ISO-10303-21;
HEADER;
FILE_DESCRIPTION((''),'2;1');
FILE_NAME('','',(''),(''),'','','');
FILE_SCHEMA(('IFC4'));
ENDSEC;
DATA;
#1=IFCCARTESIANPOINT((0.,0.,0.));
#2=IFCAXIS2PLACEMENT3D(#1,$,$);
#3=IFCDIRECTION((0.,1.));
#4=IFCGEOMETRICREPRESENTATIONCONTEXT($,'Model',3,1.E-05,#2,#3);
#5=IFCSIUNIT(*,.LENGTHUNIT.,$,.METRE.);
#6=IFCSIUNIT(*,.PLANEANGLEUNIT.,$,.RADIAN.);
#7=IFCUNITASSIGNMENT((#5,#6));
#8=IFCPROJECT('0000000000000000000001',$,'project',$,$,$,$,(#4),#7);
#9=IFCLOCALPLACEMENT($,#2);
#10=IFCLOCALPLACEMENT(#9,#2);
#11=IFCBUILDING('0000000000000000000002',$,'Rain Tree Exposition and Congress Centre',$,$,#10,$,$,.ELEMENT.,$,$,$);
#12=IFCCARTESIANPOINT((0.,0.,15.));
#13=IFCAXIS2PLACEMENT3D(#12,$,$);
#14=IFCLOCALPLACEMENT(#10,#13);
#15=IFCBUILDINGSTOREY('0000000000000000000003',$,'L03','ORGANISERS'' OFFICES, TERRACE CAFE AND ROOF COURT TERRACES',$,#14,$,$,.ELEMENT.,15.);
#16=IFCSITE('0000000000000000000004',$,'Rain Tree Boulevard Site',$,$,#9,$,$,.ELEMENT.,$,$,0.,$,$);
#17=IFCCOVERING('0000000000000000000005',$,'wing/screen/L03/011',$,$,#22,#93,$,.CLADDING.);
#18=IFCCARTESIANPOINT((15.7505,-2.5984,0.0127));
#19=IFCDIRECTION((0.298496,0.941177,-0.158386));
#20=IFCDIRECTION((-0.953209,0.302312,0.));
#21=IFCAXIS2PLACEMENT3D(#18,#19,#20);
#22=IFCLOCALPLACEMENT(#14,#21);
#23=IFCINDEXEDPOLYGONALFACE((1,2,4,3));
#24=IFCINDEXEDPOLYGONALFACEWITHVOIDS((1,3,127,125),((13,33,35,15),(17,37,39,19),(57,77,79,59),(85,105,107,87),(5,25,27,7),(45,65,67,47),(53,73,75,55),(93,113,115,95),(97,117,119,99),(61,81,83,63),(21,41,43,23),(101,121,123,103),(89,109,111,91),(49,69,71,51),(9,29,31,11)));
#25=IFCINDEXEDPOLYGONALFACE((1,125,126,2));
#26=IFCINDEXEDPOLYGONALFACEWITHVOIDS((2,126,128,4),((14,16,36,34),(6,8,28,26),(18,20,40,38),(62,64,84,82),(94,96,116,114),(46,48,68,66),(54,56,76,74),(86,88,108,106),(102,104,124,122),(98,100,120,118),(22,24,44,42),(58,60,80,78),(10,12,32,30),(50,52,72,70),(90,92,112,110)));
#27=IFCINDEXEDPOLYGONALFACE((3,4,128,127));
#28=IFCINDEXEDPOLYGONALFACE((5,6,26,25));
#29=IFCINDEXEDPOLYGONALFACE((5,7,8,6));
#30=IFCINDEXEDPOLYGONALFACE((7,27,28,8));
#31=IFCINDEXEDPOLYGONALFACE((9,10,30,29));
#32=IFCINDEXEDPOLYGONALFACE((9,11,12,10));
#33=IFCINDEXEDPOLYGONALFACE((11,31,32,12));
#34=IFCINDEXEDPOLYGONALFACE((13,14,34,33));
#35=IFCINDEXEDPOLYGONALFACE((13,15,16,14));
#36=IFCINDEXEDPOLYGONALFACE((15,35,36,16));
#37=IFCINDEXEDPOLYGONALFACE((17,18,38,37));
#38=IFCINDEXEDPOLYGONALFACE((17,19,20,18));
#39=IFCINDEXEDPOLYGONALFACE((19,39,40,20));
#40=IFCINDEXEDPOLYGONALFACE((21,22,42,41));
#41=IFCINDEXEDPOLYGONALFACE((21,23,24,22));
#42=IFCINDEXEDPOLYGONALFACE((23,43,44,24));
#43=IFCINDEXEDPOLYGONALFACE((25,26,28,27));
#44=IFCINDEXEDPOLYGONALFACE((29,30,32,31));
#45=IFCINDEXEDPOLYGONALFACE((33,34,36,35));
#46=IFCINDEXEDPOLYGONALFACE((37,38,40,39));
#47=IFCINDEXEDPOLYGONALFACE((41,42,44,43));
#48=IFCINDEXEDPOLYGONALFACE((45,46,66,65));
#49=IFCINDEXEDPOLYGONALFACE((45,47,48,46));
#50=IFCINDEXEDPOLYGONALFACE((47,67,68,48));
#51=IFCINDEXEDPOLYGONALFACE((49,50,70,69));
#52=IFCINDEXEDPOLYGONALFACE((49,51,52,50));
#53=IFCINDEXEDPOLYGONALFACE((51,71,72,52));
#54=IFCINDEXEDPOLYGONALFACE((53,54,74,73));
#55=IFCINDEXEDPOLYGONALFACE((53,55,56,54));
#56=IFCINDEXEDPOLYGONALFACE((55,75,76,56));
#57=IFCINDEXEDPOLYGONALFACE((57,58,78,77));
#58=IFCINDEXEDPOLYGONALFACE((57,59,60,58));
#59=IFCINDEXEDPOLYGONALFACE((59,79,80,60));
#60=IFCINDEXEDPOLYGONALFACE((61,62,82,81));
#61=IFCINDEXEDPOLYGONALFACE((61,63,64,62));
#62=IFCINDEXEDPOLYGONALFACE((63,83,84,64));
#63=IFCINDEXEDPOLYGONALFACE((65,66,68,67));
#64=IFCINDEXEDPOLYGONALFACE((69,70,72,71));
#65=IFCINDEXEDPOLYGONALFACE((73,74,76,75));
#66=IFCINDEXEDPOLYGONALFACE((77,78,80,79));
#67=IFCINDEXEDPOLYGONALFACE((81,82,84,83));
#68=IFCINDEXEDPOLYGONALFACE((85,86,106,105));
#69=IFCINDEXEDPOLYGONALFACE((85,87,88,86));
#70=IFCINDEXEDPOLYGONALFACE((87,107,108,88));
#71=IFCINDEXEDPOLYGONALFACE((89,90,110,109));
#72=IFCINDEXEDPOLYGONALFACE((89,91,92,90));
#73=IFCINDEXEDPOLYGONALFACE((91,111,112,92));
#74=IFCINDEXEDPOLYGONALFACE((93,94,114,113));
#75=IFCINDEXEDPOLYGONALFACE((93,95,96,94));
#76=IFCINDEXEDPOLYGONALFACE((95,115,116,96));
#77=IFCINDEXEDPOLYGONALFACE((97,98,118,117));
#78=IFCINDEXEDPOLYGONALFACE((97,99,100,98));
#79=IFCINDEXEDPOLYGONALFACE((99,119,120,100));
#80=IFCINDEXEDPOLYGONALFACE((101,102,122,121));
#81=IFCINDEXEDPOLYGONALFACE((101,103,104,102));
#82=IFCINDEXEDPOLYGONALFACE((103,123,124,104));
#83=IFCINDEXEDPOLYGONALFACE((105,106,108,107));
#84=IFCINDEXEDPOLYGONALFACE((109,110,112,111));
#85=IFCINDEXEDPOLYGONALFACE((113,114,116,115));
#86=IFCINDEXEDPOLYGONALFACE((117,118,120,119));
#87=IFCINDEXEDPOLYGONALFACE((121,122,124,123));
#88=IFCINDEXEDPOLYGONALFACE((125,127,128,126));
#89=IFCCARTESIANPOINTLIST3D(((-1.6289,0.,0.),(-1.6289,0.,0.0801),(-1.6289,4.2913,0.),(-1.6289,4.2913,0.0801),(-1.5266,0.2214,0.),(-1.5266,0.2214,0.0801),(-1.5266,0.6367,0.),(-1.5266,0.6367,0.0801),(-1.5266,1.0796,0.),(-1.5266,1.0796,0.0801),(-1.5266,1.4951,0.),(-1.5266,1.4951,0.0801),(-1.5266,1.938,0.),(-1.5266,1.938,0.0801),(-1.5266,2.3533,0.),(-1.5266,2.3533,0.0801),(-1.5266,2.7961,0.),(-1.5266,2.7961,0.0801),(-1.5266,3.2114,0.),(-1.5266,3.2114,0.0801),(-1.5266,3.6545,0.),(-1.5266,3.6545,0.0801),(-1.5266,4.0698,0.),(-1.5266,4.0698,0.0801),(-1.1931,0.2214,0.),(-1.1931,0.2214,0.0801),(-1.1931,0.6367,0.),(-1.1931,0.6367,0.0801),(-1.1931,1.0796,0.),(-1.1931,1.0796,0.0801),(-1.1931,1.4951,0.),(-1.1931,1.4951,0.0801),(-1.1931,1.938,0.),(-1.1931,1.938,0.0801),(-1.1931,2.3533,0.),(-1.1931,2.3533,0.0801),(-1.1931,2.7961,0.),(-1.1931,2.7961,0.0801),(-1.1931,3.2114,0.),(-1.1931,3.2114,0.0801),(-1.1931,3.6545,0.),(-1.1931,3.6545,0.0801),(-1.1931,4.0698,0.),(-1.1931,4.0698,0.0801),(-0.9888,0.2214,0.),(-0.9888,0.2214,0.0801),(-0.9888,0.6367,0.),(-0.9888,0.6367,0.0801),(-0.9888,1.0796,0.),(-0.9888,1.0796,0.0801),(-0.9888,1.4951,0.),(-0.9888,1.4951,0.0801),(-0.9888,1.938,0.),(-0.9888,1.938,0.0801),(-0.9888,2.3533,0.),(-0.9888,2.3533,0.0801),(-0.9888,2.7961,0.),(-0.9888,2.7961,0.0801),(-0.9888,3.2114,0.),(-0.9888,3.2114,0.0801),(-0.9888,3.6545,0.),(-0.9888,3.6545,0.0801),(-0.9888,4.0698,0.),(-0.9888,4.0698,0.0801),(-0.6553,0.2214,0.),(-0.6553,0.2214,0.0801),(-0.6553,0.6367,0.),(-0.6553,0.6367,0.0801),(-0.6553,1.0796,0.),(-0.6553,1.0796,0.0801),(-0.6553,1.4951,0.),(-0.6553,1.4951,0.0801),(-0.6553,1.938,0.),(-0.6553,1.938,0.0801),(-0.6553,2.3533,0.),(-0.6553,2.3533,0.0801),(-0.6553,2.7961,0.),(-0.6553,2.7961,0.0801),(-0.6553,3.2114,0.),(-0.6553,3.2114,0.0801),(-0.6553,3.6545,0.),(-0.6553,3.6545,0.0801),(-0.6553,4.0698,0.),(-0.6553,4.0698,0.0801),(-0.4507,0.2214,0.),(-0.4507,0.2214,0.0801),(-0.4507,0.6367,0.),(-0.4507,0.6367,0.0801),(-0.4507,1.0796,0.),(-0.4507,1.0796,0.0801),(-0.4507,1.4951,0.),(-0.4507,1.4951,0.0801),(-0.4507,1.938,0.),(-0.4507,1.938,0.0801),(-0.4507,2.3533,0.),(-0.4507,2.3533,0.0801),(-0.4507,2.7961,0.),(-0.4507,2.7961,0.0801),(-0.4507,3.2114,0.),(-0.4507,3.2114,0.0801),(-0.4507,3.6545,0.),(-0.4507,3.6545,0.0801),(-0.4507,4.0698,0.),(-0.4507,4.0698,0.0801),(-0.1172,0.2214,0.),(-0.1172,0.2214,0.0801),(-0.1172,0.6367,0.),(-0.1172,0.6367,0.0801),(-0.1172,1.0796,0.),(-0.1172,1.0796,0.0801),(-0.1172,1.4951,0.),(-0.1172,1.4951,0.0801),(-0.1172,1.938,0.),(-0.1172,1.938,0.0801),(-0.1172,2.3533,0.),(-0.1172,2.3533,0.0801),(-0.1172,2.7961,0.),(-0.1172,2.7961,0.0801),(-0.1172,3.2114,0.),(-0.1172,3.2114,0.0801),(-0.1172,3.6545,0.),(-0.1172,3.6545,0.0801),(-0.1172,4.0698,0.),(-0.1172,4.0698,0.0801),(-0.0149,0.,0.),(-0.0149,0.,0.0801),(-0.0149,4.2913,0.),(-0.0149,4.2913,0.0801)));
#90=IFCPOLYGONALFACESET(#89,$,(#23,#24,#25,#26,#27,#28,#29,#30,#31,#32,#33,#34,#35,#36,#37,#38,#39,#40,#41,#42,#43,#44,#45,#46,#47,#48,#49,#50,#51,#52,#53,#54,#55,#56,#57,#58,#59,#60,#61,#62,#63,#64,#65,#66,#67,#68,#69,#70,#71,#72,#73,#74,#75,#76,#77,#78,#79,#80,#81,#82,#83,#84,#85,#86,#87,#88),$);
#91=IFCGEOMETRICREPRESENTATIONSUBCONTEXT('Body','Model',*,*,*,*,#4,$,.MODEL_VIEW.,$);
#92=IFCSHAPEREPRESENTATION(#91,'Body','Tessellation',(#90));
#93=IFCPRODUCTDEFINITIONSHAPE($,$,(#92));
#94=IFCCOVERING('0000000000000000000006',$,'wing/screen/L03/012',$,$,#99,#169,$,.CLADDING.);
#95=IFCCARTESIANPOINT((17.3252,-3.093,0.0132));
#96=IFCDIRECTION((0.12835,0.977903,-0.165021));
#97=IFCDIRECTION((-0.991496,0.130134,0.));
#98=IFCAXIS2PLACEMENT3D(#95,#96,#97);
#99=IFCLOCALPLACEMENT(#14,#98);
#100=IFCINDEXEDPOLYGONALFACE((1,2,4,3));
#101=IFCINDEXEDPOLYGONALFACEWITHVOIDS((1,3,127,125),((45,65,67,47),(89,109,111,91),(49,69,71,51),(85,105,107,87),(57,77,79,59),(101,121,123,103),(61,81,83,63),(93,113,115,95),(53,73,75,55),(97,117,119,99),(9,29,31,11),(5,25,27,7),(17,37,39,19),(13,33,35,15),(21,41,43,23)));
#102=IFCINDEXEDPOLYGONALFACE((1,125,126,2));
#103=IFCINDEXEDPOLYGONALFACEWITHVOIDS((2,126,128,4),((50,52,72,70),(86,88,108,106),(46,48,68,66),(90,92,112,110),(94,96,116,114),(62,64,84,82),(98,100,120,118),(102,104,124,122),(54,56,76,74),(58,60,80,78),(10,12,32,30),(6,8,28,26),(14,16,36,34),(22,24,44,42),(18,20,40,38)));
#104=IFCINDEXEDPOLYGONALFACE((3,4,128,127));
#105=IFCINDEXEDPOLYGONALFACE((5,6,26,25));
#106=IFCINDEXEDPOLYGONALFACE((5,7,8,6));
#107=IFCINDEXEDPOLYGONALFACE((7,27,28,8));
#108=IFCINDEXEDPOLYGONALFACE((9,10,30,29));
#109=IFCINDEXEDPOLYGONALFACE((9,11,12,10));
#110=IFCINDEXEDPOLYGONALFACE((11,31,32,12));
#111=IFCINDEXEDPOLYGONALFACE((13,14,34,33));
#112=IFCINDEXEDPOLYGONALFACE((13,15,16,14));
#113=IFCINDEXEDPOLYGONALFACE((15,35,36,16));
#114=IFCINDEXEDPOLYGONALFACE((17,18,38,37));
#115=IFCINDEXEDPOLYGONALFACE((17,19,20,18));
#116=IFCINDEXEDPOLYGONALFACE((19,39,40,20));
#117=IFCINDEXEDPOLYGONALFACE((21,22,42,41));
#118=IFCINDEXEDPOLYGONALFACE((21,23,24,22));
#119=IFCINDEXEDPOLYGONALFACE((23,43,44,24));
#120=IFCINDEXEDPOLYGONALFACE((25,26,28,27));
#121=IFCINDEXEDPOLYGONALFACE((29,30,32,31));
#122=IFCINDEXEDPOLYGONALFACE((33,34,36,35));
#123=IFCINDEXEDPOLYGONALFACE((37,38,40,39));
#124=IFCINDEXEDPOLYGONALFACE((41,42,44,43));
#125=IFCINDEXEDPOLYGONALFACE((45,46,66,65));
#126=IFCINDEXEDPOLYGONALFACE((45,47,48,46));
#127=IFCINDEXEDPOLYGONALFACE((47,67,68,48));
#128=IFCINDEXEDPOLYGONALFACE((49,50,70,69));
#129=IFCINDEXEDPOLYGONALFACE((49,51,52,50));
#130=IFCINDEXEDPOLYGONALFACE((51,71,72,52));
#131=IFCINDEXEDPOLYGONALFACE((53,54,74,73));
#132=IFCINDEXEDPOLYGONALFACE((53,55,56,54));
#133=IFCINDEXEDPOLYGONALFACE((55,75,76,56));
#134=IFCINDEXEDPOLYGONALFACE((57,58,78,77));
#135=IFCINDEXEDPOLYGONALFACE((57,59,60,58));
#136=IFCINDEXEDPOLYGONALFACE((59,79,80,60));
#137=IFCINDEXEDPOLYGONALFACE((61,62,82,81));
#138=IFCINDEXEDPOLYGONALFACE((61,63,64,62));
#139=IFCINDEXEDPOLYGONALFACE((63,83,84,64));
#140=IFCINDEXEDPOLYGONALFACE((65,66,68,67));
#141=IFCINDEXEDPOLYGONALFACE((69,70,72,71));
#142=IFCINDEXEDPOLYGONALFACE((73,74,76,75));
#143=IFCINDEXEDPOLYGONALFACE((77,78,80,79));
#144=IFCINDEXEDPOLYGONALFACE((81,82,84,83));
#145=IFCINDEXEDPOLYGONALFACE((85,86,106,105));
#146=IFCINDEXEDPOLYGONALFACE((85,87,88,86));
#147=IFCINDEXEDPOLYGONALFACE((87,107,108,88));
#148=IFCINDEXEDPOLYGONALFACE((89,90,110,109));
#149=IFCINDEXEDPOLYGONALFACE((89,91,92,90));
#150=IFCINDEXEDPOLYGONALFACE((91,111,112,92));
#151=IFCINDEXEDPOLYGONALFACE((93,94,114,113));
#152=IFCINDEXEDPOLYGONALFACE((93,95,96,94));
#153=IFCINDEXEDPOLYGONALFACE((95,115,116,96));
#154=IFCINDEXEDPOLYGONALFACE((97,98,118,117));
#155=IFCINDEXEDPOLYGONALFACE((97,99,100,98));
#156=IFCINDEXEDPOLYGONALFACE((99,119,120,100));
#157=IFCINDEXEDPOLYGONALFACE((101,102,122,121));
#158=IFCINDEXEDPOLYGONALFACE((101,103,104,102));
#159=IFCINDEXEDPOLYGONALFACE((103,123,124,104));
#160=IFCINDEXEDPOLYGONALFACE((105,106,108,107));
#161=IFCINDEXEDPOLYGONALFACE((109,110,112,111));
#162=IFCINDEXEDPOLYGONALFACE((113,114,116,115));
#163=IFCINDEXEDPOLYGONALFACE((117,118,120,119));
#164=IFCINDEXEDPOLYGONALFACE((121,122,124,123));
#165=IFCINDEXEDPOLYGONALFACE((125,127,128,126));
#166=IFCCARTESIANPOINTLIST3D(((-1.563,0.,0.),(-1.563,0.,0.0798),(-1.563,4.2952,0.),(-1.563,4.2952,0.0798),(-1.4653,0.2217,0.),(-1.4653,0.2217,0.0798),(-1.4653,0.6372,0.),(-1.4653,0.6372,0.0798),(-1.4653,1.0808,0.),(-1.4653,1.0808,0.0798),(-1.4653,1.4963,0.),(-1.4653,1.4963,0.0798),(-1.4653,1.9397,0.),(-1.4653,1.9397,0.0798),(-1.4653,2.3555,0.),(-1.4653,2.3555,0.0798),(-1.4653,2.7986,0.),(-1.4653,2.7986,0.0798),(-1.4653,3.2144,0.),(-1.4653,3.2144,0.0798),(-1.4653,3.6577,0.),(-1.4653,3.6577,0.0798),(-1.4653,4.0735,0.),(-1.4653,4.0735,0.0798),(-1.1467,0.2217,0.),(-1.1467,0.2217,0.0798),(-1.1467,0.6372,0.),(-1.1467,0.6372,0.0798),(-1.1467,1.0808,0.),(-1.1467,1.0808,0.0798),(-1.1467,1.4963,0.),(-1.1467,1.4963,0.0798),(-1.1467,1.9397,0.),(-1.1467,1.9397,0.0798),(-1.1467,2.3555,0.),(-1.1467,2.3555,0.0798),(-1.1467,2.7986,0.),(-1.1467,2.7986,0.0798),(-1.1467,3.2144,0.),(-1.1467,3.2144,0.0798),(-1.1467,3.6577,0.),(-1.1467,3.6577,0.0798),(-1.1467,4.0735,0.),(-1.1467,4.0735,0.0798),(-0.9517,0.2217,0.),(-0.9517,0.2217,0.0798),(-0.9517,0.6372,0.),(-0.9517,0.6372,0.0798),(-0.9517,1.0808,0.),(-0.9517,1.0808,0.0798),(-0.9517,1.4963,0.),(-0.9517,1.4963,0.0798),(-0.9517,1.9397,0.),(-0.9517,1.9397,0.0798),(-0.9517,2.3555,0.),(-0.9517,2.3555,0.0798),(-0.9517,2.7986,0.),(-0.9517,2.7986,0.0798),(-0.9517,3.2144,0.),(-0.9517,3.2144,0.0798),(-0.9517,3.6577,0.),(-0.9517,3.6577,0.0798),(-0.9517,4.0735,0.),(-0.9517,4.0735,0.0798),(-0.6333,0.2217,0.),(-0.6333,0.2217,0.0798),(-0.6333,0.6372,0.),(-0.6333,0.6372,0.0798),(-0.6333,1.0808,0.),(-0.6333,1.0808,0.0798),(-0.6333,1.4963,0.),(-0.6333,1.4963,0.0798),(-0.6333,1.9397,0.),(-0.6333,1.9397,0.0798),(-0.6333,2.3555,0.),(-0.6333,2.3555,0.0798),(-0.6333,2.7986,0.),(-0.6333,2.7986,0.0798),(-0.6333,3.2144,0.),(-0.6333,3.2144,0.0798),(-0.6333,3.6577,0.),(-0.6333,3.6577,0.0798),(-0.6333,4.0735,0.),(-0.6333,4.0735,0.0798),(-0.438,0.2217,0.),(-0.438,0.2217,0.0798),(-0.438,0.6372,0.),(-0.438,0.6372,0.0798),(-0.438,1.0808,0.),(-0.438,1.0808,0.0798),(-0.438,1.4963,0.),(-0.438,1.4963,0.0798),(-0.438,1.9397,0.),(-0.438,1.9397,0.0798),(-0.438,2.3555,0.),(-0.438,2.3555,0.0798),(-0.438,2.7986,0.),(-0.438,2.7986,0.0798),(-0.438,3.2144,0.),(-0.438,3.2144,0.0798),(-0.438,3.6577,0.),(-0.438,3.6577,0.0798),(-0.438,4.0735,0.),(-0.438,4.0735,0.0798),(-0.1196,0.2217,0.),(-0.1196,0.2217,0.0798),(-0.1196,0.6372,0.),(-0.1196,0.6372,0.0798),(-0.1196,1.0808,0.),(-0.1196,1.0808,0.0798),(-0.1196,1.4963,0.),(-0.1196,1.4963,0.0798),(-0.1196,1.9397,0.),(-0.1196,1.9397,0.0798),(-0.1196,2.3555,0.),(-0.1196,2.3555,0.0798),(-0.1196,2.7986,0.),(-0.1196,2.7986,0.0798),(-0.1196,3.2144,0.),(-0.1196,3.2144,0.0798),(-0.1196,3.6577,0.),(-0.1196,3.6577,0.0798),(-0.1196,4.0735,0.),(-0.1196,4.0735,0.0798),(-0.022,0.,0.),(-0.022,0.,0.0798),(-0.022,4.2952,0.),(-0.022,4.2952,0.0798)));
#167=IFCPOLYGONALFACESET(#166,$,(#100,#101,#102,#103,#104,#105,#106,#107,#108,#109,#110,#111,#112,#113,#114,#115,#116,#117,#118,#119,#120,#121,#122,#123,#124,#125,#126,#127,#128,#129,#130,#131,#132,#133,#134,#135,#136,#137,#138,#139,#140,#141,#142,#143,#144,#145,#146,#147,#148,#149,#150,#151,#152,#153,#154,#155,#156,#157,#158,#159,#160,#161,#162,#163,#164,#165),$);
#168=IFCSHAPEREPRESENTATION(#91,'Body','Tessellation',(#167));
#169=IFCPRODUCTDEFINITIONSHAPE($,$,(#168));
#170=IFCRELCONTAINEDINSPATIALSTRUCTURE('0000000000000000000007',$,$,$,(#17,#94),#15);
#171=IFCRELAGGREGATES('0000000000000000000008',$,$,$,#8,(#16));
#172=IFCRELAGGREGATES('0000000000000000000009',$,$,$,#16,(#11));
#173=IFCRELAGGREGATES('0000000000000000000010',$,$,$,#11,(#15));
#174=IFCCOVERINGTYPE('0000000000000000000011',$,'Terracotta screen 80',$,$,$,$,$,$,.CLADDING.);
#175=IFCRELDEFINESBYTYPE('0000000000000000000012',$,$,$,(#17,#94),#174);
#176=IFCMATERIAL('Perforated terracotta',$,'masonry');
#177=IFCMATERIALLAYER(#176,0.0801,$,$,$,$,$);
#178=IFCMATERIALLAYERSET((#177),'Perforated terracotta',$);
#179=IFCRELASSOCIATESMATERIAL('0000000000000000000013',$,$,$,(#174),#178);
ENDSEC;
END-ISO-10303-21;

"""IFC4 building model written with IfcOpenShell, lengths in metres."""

from ifc_helpers import new_model, si_unit, direction, frame, origin, place, context, subcontext, project, spatial, polyline, outline, extrude, material, layer, layer_set, type_object, element, save


model = new_model("IFC4")

# Units and contexts
model_context = context("Model", 3, precision=1e-05, world=origin(), true_north=direction((0.0, 1.0)))
body_context = subcontext(model_context, "Body", "Model", "MODEL_VIEW")
ifc_project = project(units=[si_unit("LENGTHUNIT", "METRE"), si_unit("PLANEANGLEUNIT", "RADIAN")], contexts=[model_context])

# Site, building, storey
site_placement = place(None, origin())
site = spatial("IfcSite", under=ifc_project, at=site_placement, Name="Rain Tree Boulevard Site", CompositionType="ELEMENT", RefElevation=0.0)
building_placement = place(site_placement, origin())
building = spatial("IfcBuilding", under=site, at=building_placement, Name="Rain Tree Exposition and Congress Centre", CompositionType="ELEMENT")
storey_placement = place(building_placement, frame((0.0, 0.0, 15.0)))
storey = spatial("IfcBuildingStorey", under=building, at=storey_placement, Name="L03", Description="ORGANISERS' OFFICES, TERRACE CAFE AND ROOF COURT TERRACES", CompositionType="ELEMENT", Elevation=15.0)

# Coverings
ifc_material_1 = material(Name="Perforated terracotta", Category="masonry")
ifc_layer_1 = layer(ifc_material_1, 0.0801)
ifc_layer_set_1 = layer_set([ifc_layer_1], Name="Perforated terracotta")
covering_type = type_object("IfcCoveringType", Name="Terracotta screen 80", PredefinedType="CLADDING", material=ifc_layer_set_1)
covering_1_placement = place(storey_placement, frame((15.7505, -2.5984, 0.0127), z_axis=(0.298496, 0.941177, -0.158386), x_axis=(-0.953209, 0.302312, 0.0)))
element("IfcCovering", 1, at=covering_1_placement, inside=storey, type_object=covering_type, Name="wing/screen/L03/011", PredefinedType="CLADDING", context=body_context, shape_type="SweptSolid", body=[
    extrude(outline(polyline([(-1.6289, 0.0), (-1.6289, 4.2913), (-0.0149, 4.2913), (-0.0149, 0.0), (-1.6289, 0.0)]), holes=[polyline([(-0.1172, 0.2214), (-0.1172, 0.6367), (-0.4507, 0.6367), (-0.4507, 0.2214), (-0.1172, 0.2214)]), polyline([(-0.1172, 1.0796), (-0.1172, 1.4951), (-0.4507, 1.4951), (-0.4507, 1.0796), (-0.1172, 1.0796)]), polyline([(-0.1172, 1.938), (-0.1172, 2.3533), (-0.4507, 2.3533), (-0.4507, 1.938), (-0.1172, 1.938)]), polyline([(-0.1172, 2.7961), (-0.1172, 3.2114), (-0.4507, 3.2114), (-0.4507, 2.7961), (-0.1172, 2.7961)]), polyline([(-0.1172, 3.6545), (-0.1172, 4.0698), (-0.4507, 4.0698), (-0.4507, 3.6545), (-0.1172, 3.6545)]), polyline([(-0.6553, 0.2214), (-0.6553, 0.6367), (-0.9888, 0.6367), (-0.9888, 0.2214), (-0.6553, 0.2214)]), polyline([(-0.6553, 1.0796), (-0.6553, 1.4951), (-0.9888, 1.4951), (-0.9888, 1.0796), (-0.6553, 1.0796)]), polyline([(-0.6553, 1.938), (-0.6553, 2.3533), (-0.9888, 2.3533), (-0.9888, 1.938), (-0.6553, 1.938)]), polyline([(-0.6553, 2.7961), (-0.6553, 3.2114), (-0.9888, 3.2114), (-0.9888, 2.7961), (-0.6553, 2.7961)]), polyline([(-0.6553, 3.6545), (-0.6553, 4.0698), (-0.9888, 4.0698), (-0.9888, 3.6545), (-0.6553, 3.6545)]), polyline([(-1.1931, 0.2214), (-1.1931, 0.6367), (-1.5266, 0.6367), (-1.5266, 0.2214), (-1.1931, 0.2214)]), polyline([(-1.1931, 1.0796), (-1.1931, 1.4951), (-1.5266, 1.4951), (-1.5266, 1.0796), (-1.1931, 1.0796)]), polyline([(-1.1931, 1.938), (-1.1931, 2.3533), (-1.5266, 2.3533), (-1.5266, 1.938), (-1.1931, 1.938)]), polyline([(-1.1931, 2.7961), (-1.1931, 3.2114), (-1.5266, 3.2114), (-1.5266, 2.7961), (-1.1931, 2.7961)]), polyline([(-1.1931, 3.6545), (-1.1931, 4.0698), (-1.5266, 4.0698), (-1.5266, 3.6545), (-1.1931, 3.6545)])]), origin(), (0.0, 0.0, 1.0), 0.0801),
])
covering_2_placement = place(storey_placement, frame((17.3252, -3.093, 0.0132), z_axis=(0.12835, 0.977903, -0.165021), x_axis=(-0.991496, 0.130134, 0.0)))
element("IfcCovering", 2, at=covering_2_placement, inside=storey, type_object=covering_type, Name="wing/screen/L03/012", PredefinedType="CLADDING", context=body_context, shape_type="SweptSolid", body=[
    extrude(outline(polyline([(-1.563, 0.0), (-1.563, 4.2952), (-0.022, 4.2952), (-0.022, 0.0), (-1.563, 0.0)]), holes=[polyline([(-0.1196, 0.2217), (-0.1196, 0.6372), (-0.438, 0.6372), (-0.438, 0.2217), (-0.1196, 0.2217)]), polyline([(-0.1196, 1.0808), (-0.1196, 1.4963), (-0.438, 1.4963), (-0.438, 1.0808), (-0.1196, 1.0808)]), polyline([(-0.1196, 1.9397), (-0.1196, 2.3555), (-0.438, 2.3555), (-0.438, 1.9397), (-0.1196, 1.9397)]), polyline([(-0.1196, 2.7986), (-0.1196, 3.2144), (-0.438, 3.2144), (-0.438, 2.7986), (-0.1196, 2.7986)]), polyline([(-0.1196, 3.6577), (-0.1196, 4.0735), (-0.438, 4.0735), (-0.438, 3.6577), (-0.1196, 3.6577)]), polyline([(-0.6333, 0.2217), (-0.6333, 0.6372), (-0.9517, 0.6372), (-0.9517, 0.2217), (-0.6333, 0.2217)]), polyline([(-0.6333, 1.0808), (-0.6333, 1.4963), (-0.9517, 1.4963), (-0.9517, 1.0808), (-0.6333, 1.0808)]), polyline([(-0.6333, 1.9397), (-0.6333, 2.3555), (-0.9517, 2.3555), (-0.9517, 1.9397), (-0.6333, 1.9397)]), polyline([(-0.6333, 2.7986), (-0.6333, 3.2144), (-0.9517, 3.2144), (-0.9517, 2.7986), (-0.6333, 2.7986)]), polyline([(-0.6333, 3.6577), (-0.6333, 4.0735), (-0.9517, 4.0735), (-0.9517, 3.6577), (-0.6333, 3.6577)]), polyline([(-1.1467, 0.2217), (-1.1467, 0.6372), (-1.4653, 0.6372), (-1.4653, 0.2217), (-1.1467, 0.2217)]), polyline([(-1.1467, 1.0808), (-1.1467, 1.4963), (-1.4653, 1.4963), (-1.4653, 1.0808), (-1.1467, 1.0808)]), polyline([(-1.1467, 1.9397), (-1.1467, 2.3555), (-1.4653, 2.3555), (-1.4653, 1.9397), (-1.1467, 1.9397)]), polyline([(-1.1467, 2.7986), (-1.1467, 3.2144), (-1.4653, 3.2144), (-1.4653, 2.7986), (-1.1467, 2.7986)]), polyline([(-1.1467, 3.6577), (-1.1467, 4.0735), (-1.4653, 4.0735), (-1.4653, 3.6577), (-1.1467, 3.6577)])]), origin(), (0.0, 0.0, 1.0), 0.0798),
])

save(model, "model.ifc")
